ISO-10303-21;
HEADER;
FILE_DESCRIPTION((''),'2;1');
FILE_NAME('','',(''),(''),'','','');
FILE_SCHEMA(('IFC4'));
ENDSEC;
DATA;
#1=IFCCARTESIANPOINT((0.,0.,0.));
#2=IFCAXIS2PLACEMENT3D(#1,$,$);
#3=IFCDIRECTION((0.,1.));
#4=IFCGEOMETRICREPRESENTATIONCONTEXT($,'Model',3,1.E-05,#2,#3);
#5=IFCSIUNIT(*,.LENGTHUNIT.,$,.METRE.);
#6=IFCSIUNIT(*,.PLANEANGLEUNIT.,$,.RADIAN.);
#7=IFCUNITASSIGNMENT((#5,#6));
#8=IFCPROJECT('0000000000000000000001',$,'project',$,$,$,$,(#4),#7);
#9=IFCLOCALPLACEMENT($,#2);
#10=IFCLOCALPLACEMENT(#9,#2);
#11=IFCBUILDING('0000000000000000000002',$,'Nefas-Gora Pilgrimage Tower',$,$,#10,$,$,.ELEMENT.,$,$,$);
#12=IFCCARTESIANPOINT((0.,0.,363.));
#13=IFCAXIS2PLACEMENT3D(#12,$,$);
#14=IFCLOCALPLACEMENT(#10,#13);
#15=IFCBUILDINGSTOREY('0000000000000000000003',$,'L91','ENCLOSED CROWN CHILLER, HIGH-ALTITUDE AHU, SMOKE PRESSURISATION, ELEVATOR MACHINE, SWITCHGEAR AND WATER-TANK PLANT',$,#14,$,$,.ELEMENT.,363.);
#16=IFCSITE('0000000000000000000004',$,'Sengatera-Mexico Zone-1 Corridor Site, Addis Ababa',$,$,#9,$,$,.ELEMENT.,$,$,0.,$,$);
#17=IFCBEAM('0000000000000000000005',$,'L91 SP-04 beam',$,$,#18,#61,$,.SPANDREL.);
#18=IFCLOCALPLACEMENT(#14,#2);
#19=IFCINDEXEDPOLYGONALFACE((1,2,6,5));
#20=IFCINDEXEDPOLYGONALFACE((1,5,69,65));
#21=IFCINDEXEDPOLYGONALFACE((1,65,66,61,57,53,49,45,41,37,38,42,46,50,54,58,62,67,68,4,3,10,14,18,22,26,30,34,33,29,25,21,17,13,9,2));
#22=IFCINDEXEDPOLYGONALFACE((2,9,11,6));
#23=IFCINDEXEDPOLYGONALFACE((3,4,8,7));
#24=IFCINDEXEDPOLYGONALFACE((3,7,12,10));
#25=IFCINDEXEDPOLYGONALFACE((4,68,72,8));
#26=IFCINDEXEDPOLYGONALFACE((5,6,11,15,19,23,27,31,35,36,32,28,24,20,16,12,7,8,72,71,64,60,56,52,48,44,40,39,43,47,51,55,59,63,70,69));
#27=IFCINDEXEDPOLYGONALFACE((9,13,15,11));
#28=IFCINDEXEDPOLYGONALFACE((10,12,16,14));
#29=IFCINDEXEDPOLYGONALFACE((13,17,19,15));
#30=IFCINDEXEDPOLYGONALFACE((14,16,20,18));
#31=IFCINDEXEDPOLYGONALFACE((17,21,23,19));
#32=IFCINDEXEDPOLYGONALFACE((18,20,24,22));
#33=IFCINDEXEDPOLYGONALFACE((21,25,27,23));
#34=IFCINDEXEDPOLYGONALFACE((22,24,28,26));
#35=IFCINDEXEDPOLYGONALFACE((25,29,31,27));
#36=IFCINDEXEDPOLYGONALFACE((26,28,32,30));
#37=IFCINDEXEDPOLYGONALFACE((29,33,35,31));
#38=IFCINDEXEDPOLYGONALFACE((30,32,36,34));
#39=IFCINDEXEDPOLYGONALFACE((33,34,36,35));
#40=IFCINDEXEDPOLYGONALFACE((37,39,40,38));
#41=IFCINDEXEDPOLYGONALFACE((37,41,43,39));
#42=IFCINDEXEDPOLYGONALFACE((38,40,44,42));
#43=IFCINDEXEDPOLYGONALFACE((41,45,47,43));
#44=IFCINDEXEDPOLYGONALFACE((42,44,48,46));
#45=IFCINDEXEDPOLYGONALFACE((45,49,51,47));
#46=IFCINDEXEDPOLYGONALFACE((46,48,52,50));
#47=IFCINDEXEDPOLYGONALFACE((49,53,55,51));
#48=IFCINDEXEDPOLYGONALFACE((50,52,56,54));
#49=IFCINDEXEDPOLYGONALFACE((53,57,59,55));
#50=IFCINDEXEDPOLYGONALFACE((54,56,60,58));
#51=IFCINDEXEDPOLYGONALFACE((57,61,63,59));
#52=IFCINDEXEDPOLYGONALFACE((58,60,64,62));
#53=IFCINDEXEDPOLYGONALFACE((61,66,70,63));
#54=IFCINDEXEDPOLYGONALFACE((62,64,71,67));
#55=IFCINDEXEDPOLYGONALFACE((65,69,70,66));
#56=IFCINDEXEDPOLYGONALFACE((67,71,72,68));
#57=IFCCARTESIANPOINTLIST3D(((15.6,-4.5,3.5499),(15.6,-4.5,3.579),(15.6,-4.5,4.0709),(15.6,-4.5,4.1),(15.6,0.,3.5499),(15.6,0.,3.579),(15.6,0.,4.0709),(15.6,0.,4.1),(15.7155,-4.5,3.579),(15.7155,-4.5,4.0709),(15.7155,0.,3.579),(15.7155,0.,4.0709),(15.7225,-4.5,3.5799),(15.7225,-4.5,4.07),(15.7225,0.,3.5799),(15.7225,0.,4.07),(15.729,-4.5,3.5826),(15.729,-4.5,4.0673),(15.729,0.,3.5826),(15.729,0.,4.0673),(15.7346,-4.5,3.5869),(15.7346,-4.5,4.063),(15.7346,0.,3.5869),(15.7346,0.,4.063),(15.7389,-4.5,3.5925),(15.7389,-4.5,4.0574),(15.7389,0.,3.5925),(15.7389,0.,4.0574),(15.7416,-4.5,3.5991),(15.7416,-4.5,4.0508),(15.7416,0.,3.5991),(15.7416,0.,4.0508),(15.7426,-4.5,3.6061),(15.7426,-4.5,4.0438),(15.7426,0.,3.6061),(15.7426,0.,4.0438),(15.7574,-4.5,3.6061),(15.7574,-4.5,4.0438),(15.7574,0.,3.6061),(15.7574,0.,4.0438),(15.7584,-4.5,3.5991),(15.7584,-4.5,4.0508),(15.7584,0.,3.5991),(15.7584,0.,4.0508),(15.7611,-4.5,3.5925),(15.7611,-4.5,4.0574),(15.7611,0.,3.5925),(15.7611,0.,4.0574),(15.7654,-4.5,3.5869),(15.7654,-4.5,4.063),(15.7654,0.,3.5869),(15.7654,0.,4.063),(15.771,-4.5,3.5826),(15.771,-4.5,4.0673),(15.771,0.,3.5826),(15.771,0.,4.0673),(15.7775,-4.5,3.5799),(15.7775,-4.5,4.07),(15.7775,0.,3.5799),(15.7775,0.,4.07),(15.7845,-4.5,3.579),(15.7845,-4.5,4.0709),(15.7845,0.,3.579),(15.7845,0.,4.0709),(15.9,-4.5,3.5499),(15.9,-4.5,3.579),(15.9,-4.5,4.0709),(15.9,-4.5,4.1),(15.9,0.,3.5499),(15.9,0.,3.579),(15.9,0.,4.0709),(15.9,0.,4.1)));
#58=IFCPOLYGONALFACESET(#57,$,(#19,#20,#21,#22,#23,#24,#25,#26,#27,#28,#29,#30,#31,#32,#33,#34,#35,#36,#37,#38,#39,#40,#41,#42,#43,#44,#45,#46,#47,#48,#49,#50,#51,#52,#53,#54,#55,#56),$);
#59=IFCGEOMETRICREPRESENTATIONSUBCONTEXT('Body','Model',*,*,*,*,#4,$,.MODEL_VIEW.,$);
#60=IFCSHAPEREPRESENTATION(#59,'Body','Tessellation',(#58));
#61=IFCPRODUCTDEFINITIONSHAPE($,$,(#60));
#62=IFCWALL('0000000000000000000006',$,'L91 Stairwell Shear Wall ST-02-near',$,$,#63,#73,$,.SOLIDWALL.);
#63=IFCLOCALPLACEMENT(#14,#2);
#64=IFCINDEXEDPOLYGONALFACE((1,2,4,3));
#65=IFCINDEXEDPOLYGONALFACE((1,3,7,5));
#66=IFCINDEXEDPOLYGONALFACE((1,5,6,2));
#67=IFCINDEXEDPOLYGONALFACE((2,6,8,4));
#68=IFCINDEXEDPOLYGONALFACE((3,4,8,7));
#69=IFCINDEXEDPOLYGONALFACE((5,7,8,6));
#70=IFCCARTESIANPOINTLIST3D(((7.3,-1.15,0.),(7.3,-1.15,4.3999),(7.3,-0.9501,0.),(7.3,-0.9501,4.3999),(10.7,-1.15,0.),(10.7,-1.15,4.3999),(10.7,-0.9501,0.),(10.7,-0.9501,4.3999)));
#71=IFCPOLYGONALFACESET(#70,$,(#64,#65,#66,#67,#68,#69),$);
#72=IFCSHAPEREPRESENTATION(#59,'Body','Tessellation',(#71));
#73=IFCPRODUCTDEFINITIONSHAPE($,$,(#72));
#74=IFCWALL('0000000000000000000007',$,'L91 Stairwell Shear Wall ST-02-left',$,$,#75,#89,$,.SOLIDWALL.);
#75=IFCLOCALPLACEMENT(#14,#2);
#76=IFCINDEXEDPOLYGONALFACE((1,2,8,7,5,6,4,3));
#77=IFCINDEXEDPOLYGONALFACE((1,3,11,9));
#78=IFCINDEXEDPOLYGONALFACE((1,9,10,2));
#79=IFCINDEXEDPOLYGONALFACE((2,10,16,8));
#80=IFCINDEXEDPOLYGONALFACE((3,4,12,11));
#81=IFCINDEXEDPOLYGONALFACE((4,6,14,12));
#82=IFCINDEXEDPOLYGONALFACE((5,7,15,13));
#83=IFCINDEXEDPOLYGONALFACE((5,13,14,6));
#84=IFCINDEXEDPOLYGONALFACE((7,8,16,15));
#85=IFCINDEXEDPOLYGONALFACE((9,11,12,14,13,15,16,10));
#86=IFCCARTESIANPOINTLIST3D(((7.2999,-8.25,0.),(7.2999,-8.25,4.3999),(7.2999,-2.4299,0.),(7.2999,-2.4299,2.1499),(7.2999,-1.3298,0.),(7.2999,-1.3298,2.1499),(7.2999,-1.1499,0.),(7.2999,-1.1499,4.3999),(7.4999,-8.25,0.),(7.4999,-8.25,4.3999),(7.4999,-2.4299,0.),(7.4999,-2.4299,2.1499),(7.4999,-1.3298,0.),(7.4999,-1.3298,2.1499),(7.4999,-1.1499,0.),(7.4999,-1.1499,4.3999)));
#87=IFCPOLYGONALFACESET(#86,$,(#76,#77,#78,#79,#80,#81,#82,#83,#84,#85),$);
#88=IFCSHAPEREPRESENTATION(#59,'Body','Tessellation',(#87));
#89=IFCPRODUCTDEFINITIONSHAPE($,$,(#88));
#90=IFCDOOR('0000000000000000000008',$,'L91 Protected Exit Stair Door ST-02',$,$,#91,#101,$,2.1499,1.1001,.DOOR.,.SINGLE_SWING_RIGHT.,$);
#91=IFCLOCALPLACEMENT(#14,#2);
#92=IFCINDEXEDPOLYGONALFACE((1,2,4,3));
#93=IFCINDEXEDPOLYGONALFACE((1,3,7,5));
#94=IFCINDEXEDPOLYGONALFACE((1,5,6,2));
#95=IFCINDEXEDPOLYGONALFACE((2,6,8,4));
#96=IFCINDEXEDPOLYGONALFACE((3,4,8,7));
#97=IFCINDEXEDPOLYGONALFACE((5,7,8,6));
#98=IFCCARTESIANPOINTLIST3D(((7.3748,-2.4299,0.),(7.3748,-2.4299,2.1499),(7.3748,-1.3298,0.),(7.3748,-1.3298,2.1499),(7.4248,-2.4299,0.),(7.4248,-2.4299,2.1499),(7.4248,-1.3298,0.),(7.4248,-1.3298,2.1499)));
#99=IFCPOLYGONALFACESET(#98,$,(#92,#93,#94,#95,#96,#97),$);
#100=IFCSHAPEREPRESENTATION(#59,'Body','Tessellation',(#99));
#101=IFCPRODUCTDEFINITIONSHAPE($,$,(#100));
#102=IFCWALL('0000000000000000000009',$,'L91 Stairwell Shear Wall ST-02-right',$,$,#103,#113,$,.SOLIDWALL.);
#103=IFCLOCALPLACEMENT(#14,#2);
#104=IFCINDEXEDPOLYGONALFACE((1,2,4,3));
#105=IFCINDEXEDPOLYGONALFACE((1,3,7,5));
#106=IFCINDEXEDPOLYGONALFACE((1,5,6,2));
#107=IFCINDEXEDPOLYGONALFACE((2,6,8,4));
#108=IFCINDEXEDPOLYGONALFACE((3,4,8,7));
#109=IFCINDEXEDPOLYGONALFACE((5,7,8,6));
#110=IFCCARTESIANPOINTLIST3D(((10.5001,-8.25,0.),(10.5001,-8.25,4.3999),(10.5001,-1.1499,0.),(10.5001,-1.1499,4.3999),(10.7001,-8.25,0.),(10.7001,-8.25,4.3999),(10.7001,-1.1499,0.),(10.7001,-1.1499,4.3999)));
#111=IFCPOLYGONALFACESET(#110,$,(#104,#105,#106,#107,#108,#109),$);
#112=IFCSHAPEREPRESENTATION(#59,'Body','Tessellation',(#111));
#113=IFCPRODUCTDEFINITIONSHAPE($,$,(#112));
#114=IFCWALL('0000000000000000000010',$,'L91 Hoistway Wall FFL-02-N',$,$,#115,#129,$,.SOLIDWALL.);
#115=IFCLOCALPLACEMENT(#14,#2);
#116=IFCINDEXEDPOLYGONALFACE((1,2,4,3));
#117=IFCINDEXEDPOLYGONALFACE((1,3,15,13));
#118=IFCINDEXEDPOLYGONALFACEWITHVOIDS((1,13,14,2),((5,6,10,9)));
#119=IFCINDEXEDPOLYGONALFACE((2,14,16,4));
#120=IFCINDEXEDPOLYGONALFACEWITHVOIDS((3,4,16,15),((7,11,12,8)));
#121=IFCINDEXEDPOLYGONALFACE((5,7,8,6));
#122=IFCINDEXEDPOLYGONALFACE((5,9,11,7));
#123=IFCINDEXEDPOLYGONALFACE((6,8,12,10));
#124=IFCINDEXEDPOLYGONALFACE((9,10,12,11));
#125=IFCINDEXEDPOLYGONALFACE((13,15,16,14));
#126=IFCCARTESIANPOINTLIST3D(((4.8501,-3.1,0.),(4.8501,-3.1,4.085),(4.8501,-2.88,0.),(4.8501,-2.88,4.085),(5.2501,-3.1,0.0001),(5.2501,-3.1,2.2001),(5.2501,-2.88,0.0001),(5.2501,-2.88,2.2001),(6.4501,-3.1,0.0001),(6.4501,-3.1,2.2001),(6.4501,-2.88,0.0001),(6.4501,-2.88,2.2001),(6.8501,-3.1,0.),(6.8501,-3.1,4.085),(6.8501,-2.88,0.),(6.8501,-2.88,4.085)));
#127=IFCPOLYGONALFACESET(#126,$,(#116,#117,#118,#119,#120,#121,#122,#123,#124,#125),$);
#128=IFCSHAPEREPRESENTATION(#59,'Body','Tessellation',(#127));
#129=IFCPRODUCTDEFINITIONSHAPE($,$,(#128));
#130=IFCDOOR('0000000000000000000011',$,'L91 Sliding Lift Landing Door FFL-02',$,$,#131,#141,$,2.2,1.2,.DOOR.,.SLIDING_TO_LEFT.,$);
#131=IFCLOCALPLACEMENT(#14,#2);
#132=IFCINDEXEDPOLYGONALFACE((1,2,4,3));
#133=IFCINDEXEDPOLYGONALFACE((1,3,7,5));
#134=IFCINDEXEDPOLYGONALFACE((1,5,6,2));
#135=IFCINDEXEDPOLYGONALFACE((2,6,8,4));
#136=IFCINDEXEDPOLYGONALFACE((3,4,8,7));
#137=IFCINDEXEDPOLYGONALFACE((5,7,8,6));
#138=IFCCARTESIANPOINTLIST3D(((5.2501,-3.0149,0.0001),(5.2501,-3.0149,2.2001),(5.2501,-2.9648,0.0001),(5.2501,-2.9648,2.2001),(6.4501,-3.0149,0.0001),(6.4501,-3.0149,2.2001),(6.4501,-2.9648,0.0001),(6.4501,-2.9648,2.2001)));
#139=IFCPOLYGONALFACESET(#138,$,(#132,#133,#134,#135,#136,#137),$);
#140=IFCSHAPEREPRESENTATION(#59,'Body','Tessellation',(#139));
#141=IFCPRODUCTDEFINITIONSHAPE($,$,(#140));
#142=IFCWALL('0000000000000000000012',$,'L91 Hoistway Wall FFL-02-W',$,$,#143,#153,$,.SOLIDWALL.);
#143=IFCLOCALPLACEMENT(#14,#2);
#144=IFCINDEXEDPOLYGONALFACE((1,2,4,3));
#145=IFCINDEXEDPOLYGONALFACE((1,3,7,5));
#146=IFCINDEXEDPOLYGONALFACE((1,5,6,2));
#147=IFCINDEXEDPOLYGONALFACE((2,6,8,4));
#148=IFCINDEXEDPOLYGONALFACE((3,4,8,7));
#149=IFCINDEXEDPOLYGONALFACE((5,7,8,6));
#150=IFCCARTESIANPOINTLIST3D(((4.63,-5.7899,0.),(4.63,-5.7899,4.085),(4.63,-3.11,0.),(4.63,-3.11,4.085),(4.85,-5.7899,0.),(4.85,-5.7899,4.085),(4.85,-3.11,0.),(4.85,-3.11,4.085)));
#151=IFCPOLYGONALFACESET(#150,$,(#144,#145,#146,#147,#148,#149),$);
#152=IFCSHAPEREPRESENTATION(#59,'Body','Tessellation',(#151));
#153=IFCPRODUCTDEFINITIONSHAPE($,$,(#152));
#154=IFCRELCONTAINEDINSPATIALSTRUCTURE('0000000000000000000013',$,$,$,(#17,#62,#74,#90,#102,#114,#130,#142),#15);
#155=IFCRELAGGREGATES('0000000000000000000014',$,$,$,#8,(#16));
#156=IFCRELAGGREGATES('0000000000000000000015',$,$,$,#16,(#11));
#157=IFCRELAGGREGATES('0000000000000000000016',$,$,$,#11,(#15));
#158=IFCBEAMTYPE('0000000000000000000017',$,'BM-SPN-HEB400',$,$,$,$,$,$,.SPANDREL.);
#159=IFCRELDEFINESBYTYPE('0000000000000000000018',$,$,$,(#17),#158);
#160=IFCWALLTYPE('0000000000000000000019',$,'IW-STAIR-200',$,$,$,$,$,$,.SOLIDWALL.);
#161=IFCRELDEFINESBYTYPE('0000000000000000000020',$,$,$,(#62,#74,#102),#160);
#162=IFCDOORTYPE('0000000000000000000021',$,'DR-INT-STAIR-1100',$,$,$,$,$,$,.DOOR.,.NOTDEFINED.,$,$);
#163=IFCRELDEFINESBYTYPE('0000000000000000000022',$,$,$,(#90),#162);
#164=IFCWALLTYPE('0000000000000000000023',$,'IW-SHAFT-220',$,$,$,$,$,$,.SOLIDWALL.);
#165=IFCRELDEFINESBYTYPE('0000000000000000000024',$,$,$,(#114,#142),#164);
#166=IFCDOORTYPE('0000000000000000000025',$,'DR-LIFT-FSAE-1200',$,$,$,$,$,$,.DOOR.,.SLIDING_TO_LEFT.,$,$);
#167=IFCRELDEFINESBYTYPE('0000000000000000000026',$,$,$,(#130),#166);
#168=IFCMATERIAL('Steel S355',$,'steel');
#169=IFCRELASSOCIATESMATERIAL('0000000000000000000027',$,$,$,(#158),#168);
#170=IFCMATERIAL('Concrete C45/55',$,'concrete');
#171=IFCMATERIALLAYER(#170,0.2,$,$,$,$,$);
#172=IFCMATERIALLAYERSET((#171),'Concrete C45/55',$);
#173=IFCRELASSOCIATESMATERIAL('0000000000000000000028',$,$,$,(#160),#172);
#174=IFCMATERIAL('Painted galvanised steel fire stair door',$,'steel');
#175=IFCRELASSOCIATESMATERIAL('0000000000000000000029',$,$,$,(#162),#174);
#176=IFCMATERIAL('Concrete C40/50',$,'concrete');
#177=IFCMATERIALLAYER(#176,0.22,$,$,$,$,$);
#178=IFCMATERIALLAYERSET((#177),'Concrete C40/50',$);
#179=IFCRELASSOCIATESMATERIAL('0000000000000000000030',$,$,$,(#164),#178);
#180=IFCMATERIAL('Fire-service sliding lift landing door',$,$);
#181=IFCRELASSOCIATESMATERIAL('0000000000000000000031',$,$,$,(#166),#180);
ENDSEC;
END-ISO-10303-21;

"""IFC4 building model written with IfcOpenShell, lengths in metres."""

from ifc_helpers import new_model, si_unit, direction, frame, frame_2d, origin, origin_2d, place, context, subcontext, project, spatial, rectangle, i_section, extrude, source, transform, mapped, material, layer, layer_set, material_profile, profile_set, type_object, element, fill, save


model = new_model("IFC4")

# Units and contexts
model_context = context("Model", 3, precision=1e-05, world=origin(), true_north=direction((0.0, 1.0)))
body_context = subcontext(model_context, "Body", "Model", "MODEL_VIEW")
ifc_project = project(units=[si_unit("LENGTHUNIT", "METRE"), si_unit("PLANEANGLEUNIT", "RADIAN")], contexts=[model_context])

# Site, building, storey
site_placement = place(None, origin())
site = spatial("IfcSite", under=ifc_project, at=site_placement, Name="Sengatera-Mexico Zone-1 Corridor Site, Addis Ababa", CompositionType="ELEMENT", RefElevation=0.0)
building_placement = place(site_placement, origin())
building = spatial("IfcBuilding", under=site, at=building_placement, Name="Nefas-Gora Pilgrimage Tower", CompositionType="ELEMENT")
storey_placement = place(building_placement, frame((0.0, 0.0, 363.0)))
storey = spatial("IfcBuildingStorey", under=building, at=storey_placement, Name="L91", Description="ENCLOSED CROWN CHILLER, HIGH-ALTITUDE AHU, SMOKE PRESSURISATION, ELEVATOR MACHINE, SWITCHGEAR AND WATER-TANK PLANT", CompositionType="ELEMENT", Elevation=363.0)

# Shared definitions
ifc_material_1 = material(Name="Steel S355", Category="steel")

# Beam
ifc_material_profile_1 = material_profile(ifc_material_1, i_section(OverallWidth=0.3, OverallDepth=0.55, WebThickness=0.0149, FlangeThickness=0.0291, FilletRadius=0.0271, at=origin_2d()), Name="HEB 550")
ifc_profile_set_1 = profile_set([ifc_material_profile_1], Name="Steel S355")
beam_type_1 = type_object("IfcBeamType", Name="BM-SPN-HEB400", PredefinedType="SPANDREL", material=ifc_profile_set_1)
shared_shape_1 = source(origin(), body_context, "Body", "SweptSolid", [
    extrude(i_section(OverallWidth=0.3, OverallDepth=0.55, WebThickness=0.0149, FlangeThickness=0.0291, FilletRadius=0.0271, at=origin_2d()), origin(), (0.0, 0.0, 1.0), 4.5),
])
beam_1_placement = place(storey_placement, frame((15.75, -4.5, 3.825), z_axis=(0.0, 1.0, 0.0), x_axis=(-1.0, 0.0, 0.0)))
element("IfcBeam", 1, at=beam_1_placement, inside=storey, type_object=beam_type_1, Name="L91 SP-04 beam", PredefinedType="SPANDREL", context=body_context, shape_type="MappedRepresentation", body=[
    mapped(shared_shape_1, transform((0.0, 0.0, 0.0), x_axis=(1.0, 0.0, 0.0), y_axis=(0.0, 1.0, 0.0), z_axis=(0.0, 0.0, 1.0), scale=1.0)),
])

# Wall
ifc_material_2 = material(Name="Concrete C45/55", Category="concrete")
ifc_layer_1 = layer(ifc_material_2, 0.2)
ifc_layer_set_1 = layer_set([ifc_layer_1], Name="Concrete C45/55")
wall_type_1 = type_object("IfcWallType", Name="IW-STAIR-200", PredefinedType="SOLIDWALL", material=ifc_layer_set_1)
shared_shape_2 = source(origin(), body_context, "Body", "SweptSolid", [
    extrude(rectangle(XDim=3.3999, YDim=0.2, at=frame_2d((1.7, 0.0))), origin(), (0.0, 0.0, 1.0), 4.3999),
])
wall_1_placement = place(storey_placement, frame((7.3, -1.05, 0.0), z_axis=(0.0, 0.0, 1.0), x_axis=(1.0, 0.0, 0.0)))
element("IfcWall", 2, at=wall_1_placement, inside=storey, type_object=wall_type_1, Name="L91 Stairwell Shear Wall ST-02-near", PredefinedType="SOLIDWALL", context=body_context, shape_type="MappedRepresentation", body=[
    mapped(shared_shape_2, transform((0.0, 0.0, 0.0), x_axis=(1.0, 0.0, 0.0), y_axis=(0.0, 1.0, 0.0), z_axis=(0.0, 0.0, 1.0), scale=1.0)),
])

# Wall, opening, door
shared_shape_3 = source(origin(), body_context, "Body", "SweptSolid", [
    extrude(rectangle(XDim=7.1001, YDim=0.2, at=frame_2d((3.55, 0.0))), origin(), (0.0, 0.0, 1.0), 4.3999),
])
wall_2_placement = place(storey_placement, frame((7.3999, -1.1499, 0.0), z_axis=(0.0, 0.0, 1.0), x_axis=(0.0, -1.0, 0.0)))
wall_2 = element("IfcWall", 3, at=wall_2_placement, inside=storey, type_object=wall_type_1, Name="L91 Stairwell Shear Wall ST-02-left", PredefinedType="SOLIDWALL", context=body_context, shape_type="MappedRepresentation", body=[
    mapped(shared_shape_3, transform((0.0, 0.0, 0.0), x_axis=(1.0, 0.0, 0.0), y_axis=(0.0, 1.0, 0.0), z_axis=(0.0, 0.0, 1.0), scale=1.0)),
])
opening_1_placement = place(wall_2_placement, frame((0.1799, 0.0, 0.0)))
opening_1 = element("IfcOpeningElement", 4, at=opening_1_placement, cuts=wall_2, PredefinedType="OPENING", context=body_context, shape_type="SweptSolid", body=[
    extrude(rectangle(XDim=1.1001, YDim=2.1499, at=frame_2d((0.55, 1.075))), frame((0.0, 0.1099, 0.0), z_axis=(0.0, -1.0, 0.0), x_axis=(1.0, 0.0, 0.0)), (0.0, 0.0, 1.0), 0.22),
])
ifc_material_3 = material(Name="Painted galvanised steel fire stair door", Category="steel")
door_type_1 = type_object("IfcDoorType", Name="DR-INT-STAIR-1100", OperationType="NOTDEFINED", PredefinedType="DOOR", material=ifc_material_3)
shared_shape_4 = source(origin(), body_context, "Body", "SweptSolid", [
    extrude(rectangle(XDim=1.1001, YDim=2.1499, at=frame_2d((0.55, 1.075))), frame((0.0, 0.0249, 0.0), z_axis=(0.0, -1.0, 0.0), x_axis=(1.0, 0.0, 0.0)), (0.0, 0.0, 1.0), 0.05),
])
door_1_placement = place(opening_1_placement, origin())
door_1 = element("IfcDoor", 5, at=door_1_placement, inside=storey, type_object=door_type_1, Name="L91 Protected Exit Stair Door ST-02", OperationType="SINGLE_SWING_RIGHT", OverallHeight=2.1499, OverallWidth=1.1001, PredefinedType="DOOR", context=body_context, shape_type="MappedRepresentation", body=[
    mapped(shared_shape_4, transform((0.0, 0.0, 0.0), x_axis=(1.0, 0.0, 0.0), y_axis=(0.0, 1.0, 0.0), z_axis=(0.0, 0.0, 1.0), scale=1.0)),
])
fill(opening_1, door_1)

# Wall
wall_3_placement = place(storey_placement, frame((10.6001, -1.1499, 0.0), z_axis=(0.0, 0.0, 1.0), x_axis=(0.0, -1.0, 0.0)))
element("IfcWall", 6, at=wall_3_placement, inside=storey, type_object=wall_type_1, Name="L91 Stairwell Shear Wall ST-02-right", PredefinedType="SOLIDWALL", context=body_context, shape_type="MappedRepresentation", body=[
    mapped(shared_shape_3, transform((0.0, 0.0, 0.0), x_axis=(1.0, 0.0, 0.0), y_axis=(0.0, 1.0, 0.0), z_axis=(0.0, 0.0, 1.0), scale=1.0)),
])

# Wall, opening, door
ifc_material_4 = material(Name="Concrete C40/50", Category="concrete")
ifc_layer_2 = layer(ifc_material_4, 0.22)
ifc_layer_set_2 = layer_set([ifc_layer_2], Name="Concrete C40/50")
wall_type_2 = type_object("IfcWallType", Name="IW-SHAFT-220", PredefinedType="SOLIDWALL", material=ifc_layer_set_2)
shared_shape_5 = source(origin(), body_context, "Body", "SweptSolid", [
    extrude(rectangle(XDim=2.0, YDim=0.22, at=frame_2d((1.0, 0.0))), origin(), (0.0, 0.0, 1.0), 4.085),
])
wall_4_placement = place(storey_placement, frame((6.8501, -2.99, 0.0), z_axis=(0.0, 0.0, 1.0), x_axis=(-1.0, 0.0, 0.0)))
wall_4 = element("IfcWall", 7, at=wall_4_placement, inside=storey, type_object=wall_type_2, Name="L91 Hoistway Wall FFL-02-N", PredefinedType="SOLIDWALL", context=body_context, shape_type="MappedRepresentation", body=[
    mapped(shared_shape_5, transform((0.0, 0.0, 0.0), x_axis=(1.0, 0.0, 0.0), y_axis=(0.0, 1.0, 0.0), z_axis=(0.0, 0.0, 1.0), scale=1.0)),
])
opening_2_placement = place(wall_4_placement, frame((0.3999, 0.0, 0.0)))
opening_2 = element("IfcOpeningElement", 8, at=opening_2_placement, cuts=wall_4, PredefinedType="OPENING", context=body_context, shape_type="SweptSolid", body=[
    extrude(rectangle(XDim=1.2, YDim=2.2, at=frame_2d((0.6001, 1.1001))), frame((0.0, 0.1199, 0.0), z_axis=(0.0, -1.0, 0.0), x_axis=(1.0, 0.0, 0.0)), (0.0, 0.0, 1.0), 0.24),
])
ifc_material_5 = material(Name="Fire-service sliding lift landing door")
door_type_2 = type_object("IfcDoorType", Name="DR-LIFT-FSAE-1200", OperationType="SLIDING_TO_LEFT", PredefinedType="DOOR", material=ifc_material_5)
shared_shape_6 = source(origin(), body_context, "Body", "SweptSolid", [
    extrude(rectangle(XDim=1.2, YDim=2.2, at=frame_2d((0.6001, 1.1001))), frame((0.0, 0.0249, 0.0), z_axis=(0.0, -1.0, 0.0), x_axis=(1.0, 0.0, 0.0)), (0.0, 0.0, 1.0), 0.05),
])
door_2_placement = place(opening_2_placement, origin())
door_2 = element("IfcDoor", 9, at=door_2_placement, inside=storey, type_object=door_type_2, Name="L91 Sliding Lift Landing Door FFL-02", OperationType="SLIDING_TO_LEFT", OverallHeight=2.2, OverallWidth=1.2, PredefinedType="DOOR", context=body_context, shape_type="MappedRepresentation", body=[
    mapped(shared_shape_6, transform((0.0, 0.0, 0.0), x_axis=(1.0, 0.0, 0.0), y_axis=(0.0, 1.0, 0.0), z_axis=(0.0, 0.0, 1.0), scale=1.0)),
])
fill(opening_2, door_2)

# Wall
shared_shape_7 = source(origin(), body_context, "Body", "SweptSolid", [
    extrude(rectangle(XDim=2.6799, YDim=0.22, at=frame_2d((1.3398, 0.0))), origin(), (0.0, 0.0, 1.0), 4.085),
])
wall_5_placement = place(storey_placement, frame((4.74, -3.1101, 0.0), z_axis=(0.0, 0.0, 1.0), x_axis=(0.0, -1.0, 0.0)))
element("IfcWall", 10, at=wall_5_placement, inside=storey, type_object=wall_type_2, Name="L91 Hoistway Wall FFL-02-W", PredefinedType="SOLIDWALL", context=body_context, shape_type="MappedRepresentation", body=[
    mapped(shared_shape_7, transform((0.0, 0.0, 0.0), x_axis=(1.0, 0.0, 0.0), y_axis=(0.0, 1.0, 0.0), z_axis=(0.0, 0.0, 1.0), scale=1.0)),
])

save(model, "model.ifc")
